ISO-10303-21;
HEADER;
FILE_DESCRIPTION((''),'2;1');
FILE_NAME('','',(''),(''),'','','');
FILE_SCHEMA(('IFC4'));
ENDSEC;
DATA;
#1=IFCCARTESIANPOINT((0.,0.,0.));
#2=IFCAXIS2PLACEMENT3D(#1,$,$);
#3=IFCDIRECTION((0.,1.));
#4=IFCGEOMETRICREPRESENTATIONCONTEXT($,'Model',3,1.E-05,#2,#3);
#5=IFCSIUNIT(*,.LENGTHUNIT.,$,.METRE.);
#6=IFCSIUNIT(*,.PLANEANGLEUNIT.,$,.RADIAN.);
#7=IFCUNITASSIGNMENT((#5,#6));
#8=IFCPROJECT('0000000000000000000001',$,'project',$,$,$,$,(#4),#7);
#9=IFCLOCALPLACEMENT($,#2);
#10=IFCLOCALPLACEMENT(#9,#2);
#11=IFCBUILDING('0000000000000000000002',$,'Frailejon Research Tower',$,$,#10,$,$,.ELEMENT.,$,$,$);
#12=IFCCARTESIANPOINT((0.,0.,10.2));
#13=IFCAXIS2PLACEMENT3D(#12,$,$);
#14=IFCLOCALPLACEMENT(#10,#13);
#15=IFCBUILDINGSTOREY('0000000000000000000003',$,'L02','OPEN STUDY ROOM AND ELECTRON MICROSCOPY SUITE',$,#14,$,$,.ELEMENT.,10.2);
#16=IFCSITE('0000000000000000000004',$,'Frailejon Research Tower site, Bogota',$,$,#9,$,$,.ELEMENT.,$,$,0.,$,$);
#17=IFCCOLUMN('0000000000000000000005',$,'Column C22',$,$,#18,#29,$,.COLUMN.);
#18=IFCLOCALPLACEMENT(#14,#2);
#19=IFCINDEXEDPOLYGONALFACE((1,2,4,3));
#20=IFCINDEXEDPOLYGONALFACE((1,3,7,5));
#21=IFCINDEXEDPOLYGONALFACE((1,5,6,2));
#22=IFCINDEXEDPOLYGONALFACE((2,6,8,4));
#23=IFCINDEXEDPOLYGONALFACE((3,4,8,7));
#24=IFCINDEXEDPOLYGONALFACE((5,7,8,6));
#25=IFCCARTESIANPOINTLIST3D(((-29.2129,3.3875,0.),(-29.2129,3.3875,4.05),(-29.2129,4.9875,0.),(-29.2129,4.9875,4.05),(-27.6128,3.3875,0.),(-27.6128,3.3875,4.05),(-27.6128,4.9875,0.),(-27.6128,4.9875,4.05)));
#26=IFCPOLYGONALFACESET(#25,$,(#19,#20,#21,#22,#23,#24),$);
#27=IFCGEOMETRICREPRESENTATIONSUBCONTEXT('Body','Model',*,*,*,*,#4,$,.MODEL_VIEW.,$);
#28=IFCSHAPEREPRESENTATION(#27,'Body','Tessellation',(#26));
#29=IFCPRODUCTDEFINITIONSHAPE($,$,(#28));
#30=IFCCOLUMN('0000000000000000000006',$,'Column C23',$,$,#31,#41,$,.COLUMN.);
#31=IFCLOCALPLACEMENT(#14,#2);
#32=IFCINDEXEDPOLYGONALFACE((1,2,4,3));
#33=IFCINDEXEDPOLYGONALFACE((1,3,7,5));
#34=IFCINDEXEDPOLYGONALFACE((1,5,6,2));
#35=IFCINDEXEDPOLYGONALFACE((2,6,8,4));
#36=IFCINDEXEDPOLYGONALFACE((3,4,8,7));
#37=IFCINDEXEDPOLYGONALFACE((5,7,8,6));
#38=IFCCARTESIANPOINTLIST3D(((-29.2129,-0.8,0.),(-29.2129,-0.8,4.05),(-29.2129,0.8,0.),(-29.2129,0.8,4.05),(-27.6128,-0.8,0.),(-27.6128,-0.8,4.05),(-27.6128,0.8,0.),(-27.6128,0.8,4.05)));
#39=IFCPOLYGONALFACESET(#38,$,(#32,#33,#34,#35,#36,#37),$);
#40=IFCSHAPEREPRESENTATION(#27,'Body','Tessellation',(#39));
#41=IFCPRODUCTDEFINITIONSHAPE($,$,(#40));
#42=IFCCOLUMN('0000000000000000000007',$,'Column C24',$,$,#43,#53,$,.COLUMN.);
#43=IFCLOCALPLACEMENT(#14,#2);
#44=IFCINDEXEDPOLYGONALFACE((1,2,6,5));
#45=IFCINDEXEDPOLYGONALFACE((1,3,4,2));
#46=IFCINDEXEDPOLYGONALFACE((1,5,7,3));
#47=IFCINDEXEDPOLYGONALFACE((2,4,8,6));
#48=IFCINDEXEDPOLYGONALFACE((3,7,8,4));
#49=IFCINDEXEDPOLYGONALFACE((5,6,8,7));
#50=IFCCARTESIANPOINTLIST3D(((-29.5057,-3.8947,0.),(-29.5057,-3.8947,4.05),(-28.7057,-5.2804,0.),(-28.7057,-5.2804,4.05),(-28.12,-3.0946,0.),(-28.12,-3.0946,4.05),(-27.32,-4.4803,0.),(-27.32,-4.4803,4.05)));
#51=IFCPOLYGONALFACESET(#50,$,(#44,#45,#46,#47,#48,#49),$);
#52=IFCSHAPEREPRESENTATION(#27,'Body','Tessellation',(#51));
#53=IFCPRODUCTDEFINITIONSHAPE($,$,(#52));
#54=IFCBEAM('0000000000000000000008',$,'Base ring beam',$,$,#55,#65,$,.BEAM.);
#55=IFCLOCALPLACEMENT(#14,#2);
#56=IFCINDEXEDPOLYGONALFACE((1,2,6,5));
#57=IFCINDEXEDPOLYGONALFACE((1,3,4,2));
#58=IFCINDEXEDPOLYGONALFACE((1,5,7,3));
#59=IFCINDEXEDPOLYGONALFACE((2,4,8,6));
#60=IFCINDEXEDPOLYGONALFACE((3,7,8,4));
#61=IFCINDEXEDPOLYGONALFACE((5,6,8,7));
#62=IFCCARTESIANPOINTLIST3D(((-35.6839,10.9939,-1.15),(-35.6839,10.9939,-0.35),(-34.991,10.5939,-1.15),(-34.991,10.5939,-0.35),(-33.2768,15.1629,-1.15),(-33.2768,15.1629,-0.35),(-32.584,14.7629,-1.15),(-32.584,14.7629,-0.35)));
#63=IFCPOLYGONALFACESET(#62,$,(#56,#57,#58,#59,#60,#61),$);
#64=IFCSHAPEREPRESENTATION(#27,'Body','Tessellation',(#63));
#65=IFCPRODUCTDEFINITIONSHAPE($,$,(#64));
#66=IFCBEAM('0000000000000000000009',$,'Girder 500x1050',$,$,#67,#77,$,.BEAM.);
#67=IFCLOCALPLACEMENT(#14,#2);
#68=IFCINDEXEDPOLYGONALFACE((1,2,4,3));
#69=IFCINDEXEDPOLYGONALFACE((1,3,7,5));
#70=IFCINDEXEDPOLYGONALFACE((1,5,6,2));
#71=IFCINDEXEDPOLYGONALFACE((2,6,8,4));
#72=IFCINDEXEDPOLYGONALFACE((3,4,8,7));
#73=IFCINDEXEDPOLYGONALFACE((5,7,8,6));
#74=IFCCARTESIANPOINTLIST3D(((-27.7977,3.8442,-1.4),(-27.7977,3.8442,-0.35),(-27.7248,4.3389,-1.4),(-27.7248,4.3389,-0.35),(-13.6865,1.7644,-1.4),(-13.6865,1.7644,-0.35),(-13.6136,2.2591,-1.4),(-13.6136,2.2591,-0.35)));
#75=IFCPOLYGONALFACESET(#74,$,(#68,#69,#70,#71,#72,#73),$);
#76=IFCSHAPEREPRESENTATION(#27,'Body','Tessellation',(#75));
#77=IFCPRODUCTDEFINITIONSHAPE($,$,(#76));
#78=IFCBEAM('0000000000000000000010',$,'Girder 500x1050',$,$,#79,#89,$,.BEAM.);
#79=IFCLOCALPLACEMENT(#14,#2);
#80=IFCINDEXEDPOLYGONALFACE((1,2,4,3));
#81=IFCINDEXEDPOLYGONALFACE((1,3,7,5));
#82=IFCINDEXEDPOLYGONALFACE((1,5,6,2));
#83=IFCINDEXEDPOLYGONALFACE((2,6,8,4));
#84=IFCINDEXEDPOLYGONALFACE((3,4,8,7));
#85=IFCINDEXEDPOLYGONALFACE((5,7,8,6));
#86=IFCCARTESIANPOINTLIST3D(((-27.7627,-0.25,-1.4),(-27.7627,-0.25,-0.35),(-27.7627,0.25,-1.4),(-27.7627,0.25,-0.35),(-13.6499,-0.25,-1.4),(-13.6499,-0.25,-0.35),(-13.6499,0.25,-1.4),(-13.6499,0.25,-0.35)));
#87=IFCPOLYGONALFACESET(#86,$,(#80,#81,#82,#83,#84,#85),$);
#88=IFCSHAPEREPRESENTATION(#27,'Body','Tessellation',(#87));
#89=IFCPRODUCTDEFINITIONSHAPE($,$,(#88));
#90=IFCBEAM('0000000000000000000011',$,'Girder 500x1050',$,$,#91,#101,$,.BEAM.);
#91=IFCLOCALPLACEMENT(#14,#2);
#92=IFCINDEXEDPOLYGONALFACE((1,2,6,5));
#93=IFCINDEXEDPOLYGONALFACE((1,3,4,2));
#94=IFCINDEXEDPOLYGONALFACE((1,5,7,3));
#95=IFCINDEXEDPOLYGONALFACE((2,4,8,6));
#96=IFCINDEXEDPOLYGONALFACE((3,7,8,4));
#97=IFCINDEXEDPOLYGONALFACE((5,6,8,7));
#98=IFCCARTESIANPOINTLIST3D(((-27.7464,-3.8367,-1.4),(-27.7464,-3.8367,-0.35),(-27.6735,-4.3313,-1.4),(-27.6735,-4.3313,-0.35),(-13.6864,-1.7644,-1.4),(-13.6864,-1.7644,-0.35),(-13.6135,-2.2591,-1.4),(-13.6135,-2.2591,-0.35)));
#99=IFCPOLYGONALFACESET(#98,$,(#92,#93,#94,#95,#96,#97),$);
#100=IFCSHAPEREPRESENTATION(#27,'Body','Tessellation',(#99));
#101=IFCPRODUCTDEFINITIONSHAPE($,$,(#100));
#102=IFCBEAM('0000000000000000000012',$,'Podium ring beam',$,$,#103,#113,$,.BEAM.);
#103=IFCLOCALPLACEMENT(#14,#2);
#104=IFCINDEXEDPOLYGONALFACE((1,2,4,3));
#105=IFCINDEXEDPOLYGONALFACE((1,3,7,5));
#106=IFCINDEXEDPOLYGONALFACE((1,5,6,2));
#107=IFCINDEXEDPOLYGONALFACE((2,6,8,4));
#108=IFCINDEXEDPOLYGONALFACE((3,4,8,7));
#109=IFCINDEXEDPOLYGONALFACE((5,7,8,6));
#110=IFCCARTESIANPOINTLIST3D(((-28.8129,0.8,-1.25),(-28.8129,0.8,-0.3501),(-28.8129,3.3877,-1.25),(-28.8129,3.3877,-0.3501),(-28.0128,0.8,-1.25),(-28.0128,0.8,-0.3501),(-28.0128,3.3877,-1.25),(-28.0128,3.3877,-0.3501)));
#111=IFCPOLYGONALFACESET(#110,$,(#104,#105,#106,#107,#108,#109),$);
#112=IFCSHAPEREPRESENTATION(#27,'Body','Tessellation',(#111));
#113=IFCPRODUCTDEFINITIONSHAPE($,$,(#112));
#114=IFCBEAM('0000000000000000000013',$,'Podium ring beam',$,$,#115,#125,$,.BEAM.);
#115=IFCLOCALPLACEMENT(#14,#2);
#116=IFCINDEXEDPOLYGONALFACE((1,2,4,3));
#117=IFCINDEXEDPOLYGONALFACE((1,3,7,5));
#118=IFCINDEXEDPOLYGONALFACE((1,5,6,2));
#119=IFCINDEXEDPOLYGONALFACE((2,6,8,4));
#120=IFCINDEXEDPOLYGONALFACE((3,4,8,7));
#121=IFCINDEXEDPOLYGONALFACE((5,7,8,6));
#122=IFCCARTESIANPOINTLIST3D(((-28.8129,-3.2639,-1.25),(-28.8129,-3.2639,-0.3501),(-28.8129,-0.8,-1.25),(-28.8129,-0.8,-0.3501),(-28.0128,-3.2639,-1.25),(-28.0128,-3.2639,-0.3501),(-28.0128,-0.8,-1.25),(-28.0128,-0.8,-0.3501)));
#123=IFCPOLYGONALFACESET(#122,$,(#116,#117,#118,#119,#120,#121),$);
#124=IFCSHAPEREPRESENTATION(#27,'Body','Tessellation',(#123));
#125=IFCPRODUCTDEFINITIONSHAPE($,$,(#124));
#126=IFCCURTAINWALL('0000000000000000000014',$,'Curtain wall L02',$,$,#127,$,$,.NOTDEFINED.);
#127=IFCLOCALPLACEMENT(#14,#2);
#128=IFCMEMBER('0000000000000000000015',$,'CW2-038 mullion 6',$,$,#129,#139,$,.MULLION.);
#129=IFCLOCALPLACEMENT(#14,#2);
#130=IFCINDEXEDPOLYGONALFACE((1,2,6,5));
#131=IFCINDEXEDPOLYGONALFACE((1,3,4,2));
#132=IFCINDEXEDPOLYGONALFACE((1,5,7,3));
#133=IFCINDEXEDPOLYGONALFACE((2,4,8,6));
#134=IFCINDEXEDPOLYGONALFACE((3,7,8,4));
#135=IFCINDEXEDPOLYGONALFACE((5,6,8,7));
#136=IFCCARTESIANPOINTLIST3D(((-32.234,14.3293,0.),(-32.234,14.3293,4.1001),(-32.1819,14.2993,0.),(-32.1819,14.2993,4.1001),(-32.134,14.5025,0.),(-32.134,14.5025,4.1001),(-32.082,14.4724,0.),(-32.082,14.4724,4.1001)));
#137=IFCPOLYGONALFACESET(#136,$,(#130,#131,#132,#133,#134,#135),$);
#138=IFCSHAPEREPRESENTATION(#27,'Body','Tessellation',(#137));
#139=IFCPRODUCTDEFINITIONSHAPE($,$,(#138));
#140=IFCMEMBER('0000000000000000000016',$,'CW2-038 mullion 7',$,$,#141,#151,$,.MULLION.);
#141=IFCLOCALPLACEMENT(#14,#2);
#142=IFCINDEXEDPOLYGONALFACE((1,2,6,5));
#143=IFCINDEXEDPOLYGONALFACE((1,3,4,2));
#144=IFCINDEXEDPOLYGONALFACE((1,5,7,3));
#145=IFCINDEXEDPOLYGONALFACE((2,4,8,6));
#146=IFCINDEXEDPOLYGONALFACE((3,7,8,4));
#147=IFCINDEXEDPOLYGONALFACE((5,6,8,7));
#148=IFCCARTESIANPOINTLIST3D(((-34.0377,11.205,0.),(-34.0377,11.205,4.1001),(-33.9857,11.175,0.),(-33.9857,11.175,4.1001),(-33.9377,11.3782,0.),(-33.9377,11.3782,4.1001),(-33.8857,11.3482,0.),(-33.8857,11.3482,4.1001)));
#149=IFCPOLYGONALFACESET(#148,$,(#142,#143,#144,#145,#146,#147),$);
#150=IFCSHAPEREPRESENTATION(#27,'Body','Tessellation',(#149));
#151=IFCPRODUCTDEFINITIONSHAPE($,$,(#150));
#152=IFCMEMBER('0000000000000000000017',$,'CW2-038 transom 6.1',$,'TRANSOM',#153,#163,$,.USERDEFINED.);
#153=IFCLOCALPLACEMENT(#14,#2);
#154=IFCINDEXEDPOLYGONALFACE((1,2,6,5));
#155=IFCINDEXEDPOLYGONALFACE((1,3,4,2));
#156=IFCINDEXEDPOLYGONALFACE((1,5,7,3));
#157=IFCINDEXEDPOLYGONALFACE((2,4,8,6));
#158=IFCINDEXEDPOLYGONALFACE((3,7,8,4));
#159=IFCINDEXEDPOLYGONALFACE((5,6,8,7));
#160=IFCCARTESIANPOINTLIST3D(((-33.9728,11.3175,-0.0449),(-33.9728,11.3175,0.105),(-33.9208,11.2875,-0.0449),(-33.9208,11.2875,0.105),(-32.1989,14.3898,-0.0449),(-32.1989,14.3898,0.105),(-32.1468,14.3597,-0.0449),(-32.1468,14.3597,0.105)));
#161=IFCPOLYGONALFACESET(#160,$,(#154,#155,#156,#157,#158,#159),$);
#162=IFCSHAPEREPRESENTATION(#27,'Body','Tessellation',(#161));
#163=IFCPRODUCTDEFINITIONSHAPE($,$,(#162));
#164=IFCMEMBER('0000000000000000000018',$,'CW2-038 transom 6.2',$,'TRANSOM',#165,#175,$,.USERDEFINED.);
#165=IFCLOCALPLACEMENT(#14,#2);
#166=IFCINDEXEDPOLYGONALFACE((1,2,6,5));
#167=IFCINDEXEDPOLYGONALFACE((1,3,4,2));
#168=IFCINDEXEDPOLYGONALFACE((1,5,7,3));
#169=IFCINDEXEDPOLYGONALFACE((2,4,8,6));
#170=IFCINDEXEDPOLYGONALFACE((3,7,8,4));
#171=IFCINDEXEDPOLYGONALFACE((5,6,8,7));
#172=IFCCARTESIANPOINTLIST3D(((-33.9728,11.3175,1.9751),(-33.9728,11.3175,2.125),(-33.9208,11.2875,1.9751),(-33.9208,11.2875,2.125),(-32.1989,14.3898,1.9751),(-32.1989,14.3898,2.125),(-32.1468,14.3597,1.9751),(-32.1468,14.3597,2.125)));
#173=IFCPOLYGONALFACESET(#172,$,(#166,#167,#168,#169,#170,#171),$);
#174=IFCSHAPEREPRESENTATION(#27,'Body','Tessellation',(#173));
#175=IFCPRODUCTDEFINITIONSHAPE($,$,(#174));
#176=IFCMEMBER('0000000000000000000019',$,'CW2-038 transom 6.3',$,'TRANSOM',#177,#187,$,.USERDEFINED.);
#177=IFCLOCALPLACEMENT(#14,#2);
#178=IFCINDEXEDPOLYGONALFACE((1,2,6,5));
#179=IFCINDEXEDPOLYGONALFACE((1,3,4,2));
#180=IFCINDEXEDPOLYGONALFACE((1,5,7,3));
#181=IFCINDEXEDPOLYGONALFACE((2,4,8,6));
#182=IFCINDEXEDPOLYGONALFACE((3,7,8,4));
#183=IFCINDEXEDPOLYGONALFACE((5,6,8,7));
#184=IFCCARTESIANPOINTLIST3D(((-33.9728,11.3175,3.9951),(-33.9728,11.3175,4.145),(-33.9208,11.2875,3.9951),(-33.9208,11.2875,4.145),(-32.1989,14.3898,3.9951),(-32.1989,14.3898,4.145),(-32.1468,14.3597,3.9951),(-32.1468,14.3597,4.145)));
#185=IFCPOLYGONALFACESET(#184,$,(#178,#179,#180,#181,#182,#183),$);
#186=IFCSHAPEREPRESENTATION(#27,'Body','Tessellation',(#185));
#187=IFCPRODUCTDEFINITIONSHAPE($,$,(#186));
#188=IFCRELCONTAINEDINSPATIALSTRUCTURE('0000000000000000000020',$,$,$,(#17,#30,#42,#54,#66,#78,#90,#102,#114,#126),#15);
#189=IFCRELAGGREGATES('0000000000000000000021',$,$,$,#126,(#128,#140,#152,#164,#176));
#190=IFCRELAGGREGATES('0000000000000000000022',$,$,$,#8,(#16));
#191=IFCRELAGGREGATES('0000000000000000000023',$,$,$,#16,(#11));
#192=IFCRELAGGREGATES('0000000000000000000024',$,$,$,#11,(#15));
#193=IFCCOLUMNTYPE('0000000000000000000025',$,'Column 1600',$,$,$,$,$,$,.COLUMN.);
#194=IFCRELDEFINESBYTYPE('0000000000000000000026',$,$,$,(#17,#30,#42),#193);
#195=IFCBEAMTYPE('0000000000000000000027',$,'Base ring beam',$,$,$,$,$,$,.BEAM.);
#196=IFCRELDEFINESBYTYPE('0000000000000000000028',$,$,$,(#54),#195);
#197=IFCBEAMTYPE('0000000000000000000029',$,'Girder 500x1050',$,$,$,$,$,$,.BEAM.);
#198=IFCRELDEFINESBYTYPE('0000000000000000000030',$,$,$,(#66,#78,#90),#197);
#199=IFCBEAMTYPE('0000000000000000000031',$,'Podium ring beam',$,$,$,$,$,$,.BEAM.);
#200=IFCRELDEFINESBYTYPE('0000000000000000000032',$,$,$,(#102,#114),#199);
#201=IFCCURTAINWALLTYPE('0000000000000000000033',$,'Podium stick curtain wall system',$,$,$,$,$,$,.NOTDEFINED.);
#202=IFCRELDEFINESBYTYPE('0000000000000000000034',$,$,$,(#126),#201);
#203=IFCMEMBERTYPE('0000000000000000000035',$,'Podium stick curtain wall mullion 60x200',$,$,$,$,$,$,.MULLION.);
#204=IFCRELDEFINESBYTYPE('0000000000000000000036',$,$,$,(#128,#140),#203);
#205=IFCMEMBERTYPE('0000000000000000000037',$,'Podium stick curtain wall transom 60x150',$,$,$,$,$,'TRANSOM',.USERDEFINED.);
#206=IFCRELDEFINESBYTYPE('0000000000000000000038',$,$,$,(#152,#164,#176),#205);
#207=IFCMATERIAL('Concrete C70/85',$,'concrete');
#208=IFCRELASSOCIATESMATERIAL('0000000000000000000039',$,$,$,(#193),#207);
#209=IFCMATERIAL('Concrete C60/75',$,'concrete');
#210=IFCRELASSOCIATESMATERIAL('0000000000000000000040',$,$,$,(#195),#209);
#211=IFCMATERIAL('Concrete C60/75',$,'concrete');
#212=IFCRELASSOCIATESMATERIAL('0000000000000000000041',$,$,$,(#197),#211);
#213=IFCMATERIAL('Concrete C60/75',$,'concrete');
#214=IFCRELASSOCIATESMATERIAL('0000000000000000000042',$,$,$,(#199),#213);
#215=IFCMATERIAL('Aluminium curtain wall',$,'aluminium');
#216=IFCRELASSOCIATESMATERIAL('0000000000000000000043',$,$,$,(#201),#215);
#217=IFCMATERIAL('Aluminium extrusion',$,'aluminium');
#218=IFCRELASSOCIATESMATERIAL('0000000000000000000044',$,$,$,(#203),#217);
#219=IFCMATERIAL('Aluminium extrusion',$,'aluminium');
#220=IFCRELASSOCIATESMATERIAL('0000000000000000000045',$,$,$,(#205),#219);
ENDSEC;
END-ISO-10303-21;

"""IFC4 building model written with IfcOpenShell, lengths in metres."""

from ifc_helpers import new_model, si_unit, direction, frame, origin, origin_2d, place, context, subcontext, project, spatial, rectangle, extrude, material, material_profile, profile_set, type_object, element, aggregate, save


model = new_model("IFC4")

# Units and contexts
model_context = context("Model", 3, precision=1e-05, world=origin(), true_north=direction((0.0, 1.0)))
body_context = subcontext(model_context, "Body", "Model", "MODEL_VIEW")
ifc_project = project(units=[si_unit("LENGTHUNIT", "METRE"), si_unit("PLANEANGLEUNIT", "RADIAN")], contexts=[model_context])

# Site, building, storey
site_placement = place(None, origin())
site = spatial("IfcSite", under=ifc_project, at=site_placement, Name="Frailejon Research Tower site, Bogota", CompositionType="ELEMENT", RefElevation=0.0)
building_placement = place(site_placement, origin())
building = spatial("IfcBuilding", under=site, at=building_placement, Name="Frailejon Research Tower", CompositionType="ELEMENT")
storey_placement = place(building_placement, frame((0.0, 0.0, 10.2)))
storey = spatial("IfcBuildingStorey", under=building, at=storey_placement, Name="L02", Description="OPEN STUDY ROOM AND ELECTRON MICROSCOPY SUITE", CompositionType="ELEMENT", Elevation=10.2)

# Columns
ifc_material_1 = material(Name="Concrete C70/85", Category="concrete")
ifc_material_profile_1 = material_profile(ifc_material_1, rectangle(XDim=1.6001, YDim=1.6001, at=origin_2d()), Name="Column 1600")
ifc_profile_set_1 = profile_set([ifc_material_profile_1], Name="Concrete C70/85")
column_type = type_object("IfcColumnType", Name="Column 1600", PredefinedType="COLUMN", material=ifc_profile_set_1)
for number, where, z_axis, x_axis, name in (
    (1, (-28.4128, 4.1875, 0.0), (0.0, 0.0, 1.0), (0.0, -1.0, 0.0), "Column C22"),
    (2, (-28.4128, 0.0, 0.0), (0.0, 0.0, 1.0), (0.0, -1.0, 0.0), "Column C23"),
    (3, (-28.4128, -4.1875, 0.0), (0.0, 0.0, 1.0), (0.5, -0.866025, 0.0), "Column C24"),
):
    element("IfcColumn", number, at=place(storey_placement, frame(where, z_axis=z_axis, x_axis=x_axis)), inside=storey, type_object=column_type, Name=name, PredefinedType="COLUMN", context=body_context, shape_type="SweptSolid", body=[
        extrude(rectangle(XDim=1.6001, YDim=1.6001, at=origin_2d()), origin(), (0.0, 0.0, 1.0), 4.05),
    ])

# Beams
ifc_material_2 = material(Name="Concrete C60/75", Category="concrete")
ifc_material_profile_2 = material_profile(ifc_material_2, rectangle(XDim=0.8, YDim=0.8, at=origin_2d()), Name="Base ring beam")
ifc_profile_set_2 = profile_set([ifc_material_profile_2], Name="Concrete C60/75")
beam_type_1 = type_object("IfcBeamType", Name="Base ring beam", PredefinedType="BEAM", material=ifc_profile_set_2)
beam_1_placement = place(storey_placement, frame((-32.9304, 14.9629, -0.75), z_axis=(-0.500006, -0.866022, 0.0), x_axis=(0.866022, -0.500006, 0.0)))
element("IfcBeam", 4, at=beam_1_placement, inside=storey, type_object=beam_type_1, Name="Base ring beam", PredefinedType="BEAM", context=body_context, shape_type="SweptSolid", body=[
    extrude(rectangle(XDim=0.8, YDim=0.8, at=origin_2d()), origin(), (0.0, 0.0, 1.0), 4.814),
])
ifc_material_3 = material(Name="Concrete C60/75", Category="concrete")
ifc_material_profile_3 = material_profile(ifc_material_3, rectangle(XDim=0.5, YDim=1.05, at=origin_2d()), Name="Girder 500x1050")
ifc_profile_set_3 = profile_set([ifc_material_profile_3], Name="Concrete C60/75")
beam_type_2 = type_object("IfcBeamType", Name="Girder 500x1050", PredefinedType="BEAM", material=ifc_profile_set_3)
beam_2_placement = place(storey_placement, frame((-27.7612, 4.0916, -0.875), z_axis=(0.989312, -0.145812, 0.0), x_axis=(0.145812, 0.989312, 0.0)))
element("IfcBeam", 5, at=beam_2_placement, inside=storey, type_object=beam_type_2, Name="Girder 500x1050", PredefinedType="BEAM", context=body_context, shape_type="SweptSolid", body=[
    extrude(rectangle(XDim=0.5, YDim=1.05, at=origin_2d()), origin(), (0.0, 0.0, 1.0), 14.2637),
])
beam_3_placement = place(storey_placement, frame((-27.7627, 0.0, -0.875), z_axis=(1.0, 0.0, 0.0), x_axis=(0.0, 1.0, 0.0)))
element("IfcBeam", 6, at=beam_3_placement, inside=storey, type_object=beam_type_2, Name="Girder 500x1050", PredefinedType="BEAM", context=body_context, shape_type="SweptSolid", body=[
    extrude(rectangle(XDim=0.5, YDim=1.05, at=origin_2d()), origin(), (0.0, 0.0, 1.0), 14.1128),
])
beam_4_placement = place(storey_placement, frame((-27.71, -4.084, -0.875), z_axis=(0.989312, 0.145811, 0.0), x_axis=(-0.145811, 0.989312, 0.0)))
element("IfcBeam", 7, at=beam_4_placement, inside=storey, type_object=beam_type_2, Name="Girder 500x1050", PredefinedType="BEAM", context=body_context, shape_type="SweptSolid", body=[
    extrude(rectangle(XDim=0.5, YDim=1.05, at=origin_2d()), origin(), (0.0, 0.0, 1.0), 14.2119),
])
ifc_material_4 = material(Name="Concrete C60/75", Category="concrete")
ifc_material_profile_4 = material_profile(ifc_material_4, rectangle(XDim=0.8, YDim=0.8999, at=origin_2d()), Name="Podium ring beam")
ifc_profile_set_4 = profile_set([ifc_material_profile_4], Name="Concrete C60/75")
beam_type_3 = type_object("IfcBeamType", Name="Podium ring beam", PredefinedType="BEAM", material=ifc_profile_set_4)
beam_5_placement = place(storey_placement, frame((-28.4128, 3.3877, -0.8), z_axis=(0.0, -1.0, 0.0), x_axis=(1.0, 0.0, 0.0)))
element("IfcBeam", 8, at=beam_5_placement, inside=storey, type_object=beam_type_3, Name="Podium ring beam", PredefinedType="BEAM", context=body_context, shape_type="SweptSolid", body=[
    extrude(rectangle(XDim=0.8, YDim=0.8999, at=origin_2d()), origin(), (0.0, 0.0, 1.0), 2.5876),
])
beam_6_placement = place(storey_placement, frame((-28.4128, -0.8, -0.8), z_axis=(0.0, -1.0, 0.0), x_axis=(1.0, 0.0, 0.0)))
element("IfcBeam", 9, at=beam_6_placement, inside=storey, type_object=beam_type_3, Name="Podium ring beam", PredefinedType="BEAM", context=body_context, shape_type="SweptSolid", body=[
    extrude(rectangle(XDim=0.8, YDim=0.8999, at=origin_2d()), origin(), (0.0, 0.0, 1.0), 2.4639),
])

# Curtain wall, members
ifc_material_5 = material(Name="Aluminium curtain wall", Category="aluminium")
curtain_wall_type = type_object("IfcCurtainWallType", Name="Podium stick curtain wall system", PredefinedType="NOTDEFINED", material=ifc_material_5)
curtain_wall_placement = place(storey_placement, origin())
curtain_wall = element("IfcCurtainWall", 10, at=curtain_wall_placement, inside=storey, type_object=curtain_wall_type, Name="Curtain wall L02", PredefinedType="NOTDEFINED")
ifc_material_6 = material(Name="Aluminium extrusion", Category="aluminium")
ifc_material_profile_5 = material_profile(ifc_material_6, rectangle(XDim=0.0601, YDim=0.2, at=origin_2d()), Name="Podium stick curtain wall mullion 60x200")
ifc_profile_set_5 = profile_set([ifc_material_profile_5], Name="Aluminium extrusion")
member_type_1 = type_object("IfcMemberType", Name="Podium stick curtain wall mullion 60x200", PredefinedType="MULLION", material=ifc_profile_set_5)
member_1_placement = place(storey_placement, frame((-32.158, 14.4009, 0.0), z_axis=(0.0, 0.0, 1.0), x_axis=(0.866026, -0.499998, 0.0)))
member_1 = element("IfcMember", 11, at=member_1_placement, type_object=member_type_1, Name="CW2-038 mullion 6", PredefinedType="MULLION", context=body_context, shape_type="SweptSolid", body=[
    extrude(rectangle(XDim=0.0601, YDim=0.2, at=origin_2d()), origin(), (0.0, 0.0, 1.0), 4.1001),
])
member_2_placement = place(storey_placement, frame((-33.9617, 11.2766, 0.0), z_axis=(0.0, 0.0, 1.0), x_axis=(0.866026, -0.499998, 0.0)))
member_2 = element("IfcMember", 12, at=member_2_placement, type_object=member_type_1, Name="CW2-038 mullion 7", PredefinedType="MULLION", context=body_context, shape_type="SweptSolid", body=[
    extrude(rectangle(XDim=0.0601, YDim=0.2, at=origin_2d()), origin(), (0.0, 0.0, 1.0), 4.1001),
])
ifc_material_7 = material(Name="Aluminium extrusion", Category="aluminium")
ifc_material_profile_6 = material_profile(ifc_material_7, rectangle(XDim=0.0601, YDim=0.1499, at=origin_2d()), Name="Podium stick curtain wall transom 60x150")
ifc_profile_set_6 = profile_set([ifc_material_profile_6], Name="Aluminium extrusion")
member_type_2 = type_object("IfcMemberType", Name="Podium stick curtain wall transom 60x150", ElementType="TRANSOM", PredefinedType="USERDEFINED", material=ifc_profile_set_6)
member_3_placement = place(storey_placement, frame((-32.1729, 14.3748, 0.03), z_axis=(-0.500032, -0.866007, 0.0), x_axis=(0.866007, -0.500032, 0.0)))
member_3 = element("IfcMember", 13, at=member_3_placement, type_object=member_type_2, Name="CW2-038 transom 6.1", ObjectType="TRANSOM", PredefinedType="USERDEFINED", context=body_context, shape_type="SweptSolid", body=[
    extrude(rectangle(XDim=0.0601, YDim=0.1499, at=origin_2d()), origin(), (0.0, 0.0, 1.0), 3.5476),
])
member_4_placement = place(storey_placement, frame((-32.1729, 14.3748, 2.05), z_axis=(-0.500032, -0.866007, 0.0), x_axis=(0.866007, -0.500032, 0.0)))
member_4 = element("IfcMember", 14, at=member_4_placement, type_object=member_type_2, Name="CW2-038 transom 6.2", ObjectType="TRANSOM", PredefinedType="USERDEFINED", context=body_context, shape_type="SweptSolid", body=[
    extrude(rectangle(XDim=0.0601, YDim=0.1499, at=origin_2d()), origin(), (0.0, 0.0, 1.0), 3.5476),
])
member_5_placement = place(storey_placement, frame((-32.1729, 14.3748, 4.0701), z_axis=(-0.500032, -0.866007, 0.0), x_axis=(0.866007, -0.500032, 0.0)))
member_5 = element("IfcMember", 15, at=member_5_placement, type_object=member_type_2, Name="CW2-038 transom 6.3", ObjectType="TRANSOM", PredefinedType="USERDEFINED", context=body_context, shape_type="SweptSolid", body=[
    extrude(rectangle(XDim=0.0601, YDim=0.1499, at=origin_2d()), origin(), (0.0, 0.0, 1.0), 3.5476),
])
aggregate(curtain_wall, [member_1, member_2, member_3, member_4, member_5])

save(model, "model.ifc")
